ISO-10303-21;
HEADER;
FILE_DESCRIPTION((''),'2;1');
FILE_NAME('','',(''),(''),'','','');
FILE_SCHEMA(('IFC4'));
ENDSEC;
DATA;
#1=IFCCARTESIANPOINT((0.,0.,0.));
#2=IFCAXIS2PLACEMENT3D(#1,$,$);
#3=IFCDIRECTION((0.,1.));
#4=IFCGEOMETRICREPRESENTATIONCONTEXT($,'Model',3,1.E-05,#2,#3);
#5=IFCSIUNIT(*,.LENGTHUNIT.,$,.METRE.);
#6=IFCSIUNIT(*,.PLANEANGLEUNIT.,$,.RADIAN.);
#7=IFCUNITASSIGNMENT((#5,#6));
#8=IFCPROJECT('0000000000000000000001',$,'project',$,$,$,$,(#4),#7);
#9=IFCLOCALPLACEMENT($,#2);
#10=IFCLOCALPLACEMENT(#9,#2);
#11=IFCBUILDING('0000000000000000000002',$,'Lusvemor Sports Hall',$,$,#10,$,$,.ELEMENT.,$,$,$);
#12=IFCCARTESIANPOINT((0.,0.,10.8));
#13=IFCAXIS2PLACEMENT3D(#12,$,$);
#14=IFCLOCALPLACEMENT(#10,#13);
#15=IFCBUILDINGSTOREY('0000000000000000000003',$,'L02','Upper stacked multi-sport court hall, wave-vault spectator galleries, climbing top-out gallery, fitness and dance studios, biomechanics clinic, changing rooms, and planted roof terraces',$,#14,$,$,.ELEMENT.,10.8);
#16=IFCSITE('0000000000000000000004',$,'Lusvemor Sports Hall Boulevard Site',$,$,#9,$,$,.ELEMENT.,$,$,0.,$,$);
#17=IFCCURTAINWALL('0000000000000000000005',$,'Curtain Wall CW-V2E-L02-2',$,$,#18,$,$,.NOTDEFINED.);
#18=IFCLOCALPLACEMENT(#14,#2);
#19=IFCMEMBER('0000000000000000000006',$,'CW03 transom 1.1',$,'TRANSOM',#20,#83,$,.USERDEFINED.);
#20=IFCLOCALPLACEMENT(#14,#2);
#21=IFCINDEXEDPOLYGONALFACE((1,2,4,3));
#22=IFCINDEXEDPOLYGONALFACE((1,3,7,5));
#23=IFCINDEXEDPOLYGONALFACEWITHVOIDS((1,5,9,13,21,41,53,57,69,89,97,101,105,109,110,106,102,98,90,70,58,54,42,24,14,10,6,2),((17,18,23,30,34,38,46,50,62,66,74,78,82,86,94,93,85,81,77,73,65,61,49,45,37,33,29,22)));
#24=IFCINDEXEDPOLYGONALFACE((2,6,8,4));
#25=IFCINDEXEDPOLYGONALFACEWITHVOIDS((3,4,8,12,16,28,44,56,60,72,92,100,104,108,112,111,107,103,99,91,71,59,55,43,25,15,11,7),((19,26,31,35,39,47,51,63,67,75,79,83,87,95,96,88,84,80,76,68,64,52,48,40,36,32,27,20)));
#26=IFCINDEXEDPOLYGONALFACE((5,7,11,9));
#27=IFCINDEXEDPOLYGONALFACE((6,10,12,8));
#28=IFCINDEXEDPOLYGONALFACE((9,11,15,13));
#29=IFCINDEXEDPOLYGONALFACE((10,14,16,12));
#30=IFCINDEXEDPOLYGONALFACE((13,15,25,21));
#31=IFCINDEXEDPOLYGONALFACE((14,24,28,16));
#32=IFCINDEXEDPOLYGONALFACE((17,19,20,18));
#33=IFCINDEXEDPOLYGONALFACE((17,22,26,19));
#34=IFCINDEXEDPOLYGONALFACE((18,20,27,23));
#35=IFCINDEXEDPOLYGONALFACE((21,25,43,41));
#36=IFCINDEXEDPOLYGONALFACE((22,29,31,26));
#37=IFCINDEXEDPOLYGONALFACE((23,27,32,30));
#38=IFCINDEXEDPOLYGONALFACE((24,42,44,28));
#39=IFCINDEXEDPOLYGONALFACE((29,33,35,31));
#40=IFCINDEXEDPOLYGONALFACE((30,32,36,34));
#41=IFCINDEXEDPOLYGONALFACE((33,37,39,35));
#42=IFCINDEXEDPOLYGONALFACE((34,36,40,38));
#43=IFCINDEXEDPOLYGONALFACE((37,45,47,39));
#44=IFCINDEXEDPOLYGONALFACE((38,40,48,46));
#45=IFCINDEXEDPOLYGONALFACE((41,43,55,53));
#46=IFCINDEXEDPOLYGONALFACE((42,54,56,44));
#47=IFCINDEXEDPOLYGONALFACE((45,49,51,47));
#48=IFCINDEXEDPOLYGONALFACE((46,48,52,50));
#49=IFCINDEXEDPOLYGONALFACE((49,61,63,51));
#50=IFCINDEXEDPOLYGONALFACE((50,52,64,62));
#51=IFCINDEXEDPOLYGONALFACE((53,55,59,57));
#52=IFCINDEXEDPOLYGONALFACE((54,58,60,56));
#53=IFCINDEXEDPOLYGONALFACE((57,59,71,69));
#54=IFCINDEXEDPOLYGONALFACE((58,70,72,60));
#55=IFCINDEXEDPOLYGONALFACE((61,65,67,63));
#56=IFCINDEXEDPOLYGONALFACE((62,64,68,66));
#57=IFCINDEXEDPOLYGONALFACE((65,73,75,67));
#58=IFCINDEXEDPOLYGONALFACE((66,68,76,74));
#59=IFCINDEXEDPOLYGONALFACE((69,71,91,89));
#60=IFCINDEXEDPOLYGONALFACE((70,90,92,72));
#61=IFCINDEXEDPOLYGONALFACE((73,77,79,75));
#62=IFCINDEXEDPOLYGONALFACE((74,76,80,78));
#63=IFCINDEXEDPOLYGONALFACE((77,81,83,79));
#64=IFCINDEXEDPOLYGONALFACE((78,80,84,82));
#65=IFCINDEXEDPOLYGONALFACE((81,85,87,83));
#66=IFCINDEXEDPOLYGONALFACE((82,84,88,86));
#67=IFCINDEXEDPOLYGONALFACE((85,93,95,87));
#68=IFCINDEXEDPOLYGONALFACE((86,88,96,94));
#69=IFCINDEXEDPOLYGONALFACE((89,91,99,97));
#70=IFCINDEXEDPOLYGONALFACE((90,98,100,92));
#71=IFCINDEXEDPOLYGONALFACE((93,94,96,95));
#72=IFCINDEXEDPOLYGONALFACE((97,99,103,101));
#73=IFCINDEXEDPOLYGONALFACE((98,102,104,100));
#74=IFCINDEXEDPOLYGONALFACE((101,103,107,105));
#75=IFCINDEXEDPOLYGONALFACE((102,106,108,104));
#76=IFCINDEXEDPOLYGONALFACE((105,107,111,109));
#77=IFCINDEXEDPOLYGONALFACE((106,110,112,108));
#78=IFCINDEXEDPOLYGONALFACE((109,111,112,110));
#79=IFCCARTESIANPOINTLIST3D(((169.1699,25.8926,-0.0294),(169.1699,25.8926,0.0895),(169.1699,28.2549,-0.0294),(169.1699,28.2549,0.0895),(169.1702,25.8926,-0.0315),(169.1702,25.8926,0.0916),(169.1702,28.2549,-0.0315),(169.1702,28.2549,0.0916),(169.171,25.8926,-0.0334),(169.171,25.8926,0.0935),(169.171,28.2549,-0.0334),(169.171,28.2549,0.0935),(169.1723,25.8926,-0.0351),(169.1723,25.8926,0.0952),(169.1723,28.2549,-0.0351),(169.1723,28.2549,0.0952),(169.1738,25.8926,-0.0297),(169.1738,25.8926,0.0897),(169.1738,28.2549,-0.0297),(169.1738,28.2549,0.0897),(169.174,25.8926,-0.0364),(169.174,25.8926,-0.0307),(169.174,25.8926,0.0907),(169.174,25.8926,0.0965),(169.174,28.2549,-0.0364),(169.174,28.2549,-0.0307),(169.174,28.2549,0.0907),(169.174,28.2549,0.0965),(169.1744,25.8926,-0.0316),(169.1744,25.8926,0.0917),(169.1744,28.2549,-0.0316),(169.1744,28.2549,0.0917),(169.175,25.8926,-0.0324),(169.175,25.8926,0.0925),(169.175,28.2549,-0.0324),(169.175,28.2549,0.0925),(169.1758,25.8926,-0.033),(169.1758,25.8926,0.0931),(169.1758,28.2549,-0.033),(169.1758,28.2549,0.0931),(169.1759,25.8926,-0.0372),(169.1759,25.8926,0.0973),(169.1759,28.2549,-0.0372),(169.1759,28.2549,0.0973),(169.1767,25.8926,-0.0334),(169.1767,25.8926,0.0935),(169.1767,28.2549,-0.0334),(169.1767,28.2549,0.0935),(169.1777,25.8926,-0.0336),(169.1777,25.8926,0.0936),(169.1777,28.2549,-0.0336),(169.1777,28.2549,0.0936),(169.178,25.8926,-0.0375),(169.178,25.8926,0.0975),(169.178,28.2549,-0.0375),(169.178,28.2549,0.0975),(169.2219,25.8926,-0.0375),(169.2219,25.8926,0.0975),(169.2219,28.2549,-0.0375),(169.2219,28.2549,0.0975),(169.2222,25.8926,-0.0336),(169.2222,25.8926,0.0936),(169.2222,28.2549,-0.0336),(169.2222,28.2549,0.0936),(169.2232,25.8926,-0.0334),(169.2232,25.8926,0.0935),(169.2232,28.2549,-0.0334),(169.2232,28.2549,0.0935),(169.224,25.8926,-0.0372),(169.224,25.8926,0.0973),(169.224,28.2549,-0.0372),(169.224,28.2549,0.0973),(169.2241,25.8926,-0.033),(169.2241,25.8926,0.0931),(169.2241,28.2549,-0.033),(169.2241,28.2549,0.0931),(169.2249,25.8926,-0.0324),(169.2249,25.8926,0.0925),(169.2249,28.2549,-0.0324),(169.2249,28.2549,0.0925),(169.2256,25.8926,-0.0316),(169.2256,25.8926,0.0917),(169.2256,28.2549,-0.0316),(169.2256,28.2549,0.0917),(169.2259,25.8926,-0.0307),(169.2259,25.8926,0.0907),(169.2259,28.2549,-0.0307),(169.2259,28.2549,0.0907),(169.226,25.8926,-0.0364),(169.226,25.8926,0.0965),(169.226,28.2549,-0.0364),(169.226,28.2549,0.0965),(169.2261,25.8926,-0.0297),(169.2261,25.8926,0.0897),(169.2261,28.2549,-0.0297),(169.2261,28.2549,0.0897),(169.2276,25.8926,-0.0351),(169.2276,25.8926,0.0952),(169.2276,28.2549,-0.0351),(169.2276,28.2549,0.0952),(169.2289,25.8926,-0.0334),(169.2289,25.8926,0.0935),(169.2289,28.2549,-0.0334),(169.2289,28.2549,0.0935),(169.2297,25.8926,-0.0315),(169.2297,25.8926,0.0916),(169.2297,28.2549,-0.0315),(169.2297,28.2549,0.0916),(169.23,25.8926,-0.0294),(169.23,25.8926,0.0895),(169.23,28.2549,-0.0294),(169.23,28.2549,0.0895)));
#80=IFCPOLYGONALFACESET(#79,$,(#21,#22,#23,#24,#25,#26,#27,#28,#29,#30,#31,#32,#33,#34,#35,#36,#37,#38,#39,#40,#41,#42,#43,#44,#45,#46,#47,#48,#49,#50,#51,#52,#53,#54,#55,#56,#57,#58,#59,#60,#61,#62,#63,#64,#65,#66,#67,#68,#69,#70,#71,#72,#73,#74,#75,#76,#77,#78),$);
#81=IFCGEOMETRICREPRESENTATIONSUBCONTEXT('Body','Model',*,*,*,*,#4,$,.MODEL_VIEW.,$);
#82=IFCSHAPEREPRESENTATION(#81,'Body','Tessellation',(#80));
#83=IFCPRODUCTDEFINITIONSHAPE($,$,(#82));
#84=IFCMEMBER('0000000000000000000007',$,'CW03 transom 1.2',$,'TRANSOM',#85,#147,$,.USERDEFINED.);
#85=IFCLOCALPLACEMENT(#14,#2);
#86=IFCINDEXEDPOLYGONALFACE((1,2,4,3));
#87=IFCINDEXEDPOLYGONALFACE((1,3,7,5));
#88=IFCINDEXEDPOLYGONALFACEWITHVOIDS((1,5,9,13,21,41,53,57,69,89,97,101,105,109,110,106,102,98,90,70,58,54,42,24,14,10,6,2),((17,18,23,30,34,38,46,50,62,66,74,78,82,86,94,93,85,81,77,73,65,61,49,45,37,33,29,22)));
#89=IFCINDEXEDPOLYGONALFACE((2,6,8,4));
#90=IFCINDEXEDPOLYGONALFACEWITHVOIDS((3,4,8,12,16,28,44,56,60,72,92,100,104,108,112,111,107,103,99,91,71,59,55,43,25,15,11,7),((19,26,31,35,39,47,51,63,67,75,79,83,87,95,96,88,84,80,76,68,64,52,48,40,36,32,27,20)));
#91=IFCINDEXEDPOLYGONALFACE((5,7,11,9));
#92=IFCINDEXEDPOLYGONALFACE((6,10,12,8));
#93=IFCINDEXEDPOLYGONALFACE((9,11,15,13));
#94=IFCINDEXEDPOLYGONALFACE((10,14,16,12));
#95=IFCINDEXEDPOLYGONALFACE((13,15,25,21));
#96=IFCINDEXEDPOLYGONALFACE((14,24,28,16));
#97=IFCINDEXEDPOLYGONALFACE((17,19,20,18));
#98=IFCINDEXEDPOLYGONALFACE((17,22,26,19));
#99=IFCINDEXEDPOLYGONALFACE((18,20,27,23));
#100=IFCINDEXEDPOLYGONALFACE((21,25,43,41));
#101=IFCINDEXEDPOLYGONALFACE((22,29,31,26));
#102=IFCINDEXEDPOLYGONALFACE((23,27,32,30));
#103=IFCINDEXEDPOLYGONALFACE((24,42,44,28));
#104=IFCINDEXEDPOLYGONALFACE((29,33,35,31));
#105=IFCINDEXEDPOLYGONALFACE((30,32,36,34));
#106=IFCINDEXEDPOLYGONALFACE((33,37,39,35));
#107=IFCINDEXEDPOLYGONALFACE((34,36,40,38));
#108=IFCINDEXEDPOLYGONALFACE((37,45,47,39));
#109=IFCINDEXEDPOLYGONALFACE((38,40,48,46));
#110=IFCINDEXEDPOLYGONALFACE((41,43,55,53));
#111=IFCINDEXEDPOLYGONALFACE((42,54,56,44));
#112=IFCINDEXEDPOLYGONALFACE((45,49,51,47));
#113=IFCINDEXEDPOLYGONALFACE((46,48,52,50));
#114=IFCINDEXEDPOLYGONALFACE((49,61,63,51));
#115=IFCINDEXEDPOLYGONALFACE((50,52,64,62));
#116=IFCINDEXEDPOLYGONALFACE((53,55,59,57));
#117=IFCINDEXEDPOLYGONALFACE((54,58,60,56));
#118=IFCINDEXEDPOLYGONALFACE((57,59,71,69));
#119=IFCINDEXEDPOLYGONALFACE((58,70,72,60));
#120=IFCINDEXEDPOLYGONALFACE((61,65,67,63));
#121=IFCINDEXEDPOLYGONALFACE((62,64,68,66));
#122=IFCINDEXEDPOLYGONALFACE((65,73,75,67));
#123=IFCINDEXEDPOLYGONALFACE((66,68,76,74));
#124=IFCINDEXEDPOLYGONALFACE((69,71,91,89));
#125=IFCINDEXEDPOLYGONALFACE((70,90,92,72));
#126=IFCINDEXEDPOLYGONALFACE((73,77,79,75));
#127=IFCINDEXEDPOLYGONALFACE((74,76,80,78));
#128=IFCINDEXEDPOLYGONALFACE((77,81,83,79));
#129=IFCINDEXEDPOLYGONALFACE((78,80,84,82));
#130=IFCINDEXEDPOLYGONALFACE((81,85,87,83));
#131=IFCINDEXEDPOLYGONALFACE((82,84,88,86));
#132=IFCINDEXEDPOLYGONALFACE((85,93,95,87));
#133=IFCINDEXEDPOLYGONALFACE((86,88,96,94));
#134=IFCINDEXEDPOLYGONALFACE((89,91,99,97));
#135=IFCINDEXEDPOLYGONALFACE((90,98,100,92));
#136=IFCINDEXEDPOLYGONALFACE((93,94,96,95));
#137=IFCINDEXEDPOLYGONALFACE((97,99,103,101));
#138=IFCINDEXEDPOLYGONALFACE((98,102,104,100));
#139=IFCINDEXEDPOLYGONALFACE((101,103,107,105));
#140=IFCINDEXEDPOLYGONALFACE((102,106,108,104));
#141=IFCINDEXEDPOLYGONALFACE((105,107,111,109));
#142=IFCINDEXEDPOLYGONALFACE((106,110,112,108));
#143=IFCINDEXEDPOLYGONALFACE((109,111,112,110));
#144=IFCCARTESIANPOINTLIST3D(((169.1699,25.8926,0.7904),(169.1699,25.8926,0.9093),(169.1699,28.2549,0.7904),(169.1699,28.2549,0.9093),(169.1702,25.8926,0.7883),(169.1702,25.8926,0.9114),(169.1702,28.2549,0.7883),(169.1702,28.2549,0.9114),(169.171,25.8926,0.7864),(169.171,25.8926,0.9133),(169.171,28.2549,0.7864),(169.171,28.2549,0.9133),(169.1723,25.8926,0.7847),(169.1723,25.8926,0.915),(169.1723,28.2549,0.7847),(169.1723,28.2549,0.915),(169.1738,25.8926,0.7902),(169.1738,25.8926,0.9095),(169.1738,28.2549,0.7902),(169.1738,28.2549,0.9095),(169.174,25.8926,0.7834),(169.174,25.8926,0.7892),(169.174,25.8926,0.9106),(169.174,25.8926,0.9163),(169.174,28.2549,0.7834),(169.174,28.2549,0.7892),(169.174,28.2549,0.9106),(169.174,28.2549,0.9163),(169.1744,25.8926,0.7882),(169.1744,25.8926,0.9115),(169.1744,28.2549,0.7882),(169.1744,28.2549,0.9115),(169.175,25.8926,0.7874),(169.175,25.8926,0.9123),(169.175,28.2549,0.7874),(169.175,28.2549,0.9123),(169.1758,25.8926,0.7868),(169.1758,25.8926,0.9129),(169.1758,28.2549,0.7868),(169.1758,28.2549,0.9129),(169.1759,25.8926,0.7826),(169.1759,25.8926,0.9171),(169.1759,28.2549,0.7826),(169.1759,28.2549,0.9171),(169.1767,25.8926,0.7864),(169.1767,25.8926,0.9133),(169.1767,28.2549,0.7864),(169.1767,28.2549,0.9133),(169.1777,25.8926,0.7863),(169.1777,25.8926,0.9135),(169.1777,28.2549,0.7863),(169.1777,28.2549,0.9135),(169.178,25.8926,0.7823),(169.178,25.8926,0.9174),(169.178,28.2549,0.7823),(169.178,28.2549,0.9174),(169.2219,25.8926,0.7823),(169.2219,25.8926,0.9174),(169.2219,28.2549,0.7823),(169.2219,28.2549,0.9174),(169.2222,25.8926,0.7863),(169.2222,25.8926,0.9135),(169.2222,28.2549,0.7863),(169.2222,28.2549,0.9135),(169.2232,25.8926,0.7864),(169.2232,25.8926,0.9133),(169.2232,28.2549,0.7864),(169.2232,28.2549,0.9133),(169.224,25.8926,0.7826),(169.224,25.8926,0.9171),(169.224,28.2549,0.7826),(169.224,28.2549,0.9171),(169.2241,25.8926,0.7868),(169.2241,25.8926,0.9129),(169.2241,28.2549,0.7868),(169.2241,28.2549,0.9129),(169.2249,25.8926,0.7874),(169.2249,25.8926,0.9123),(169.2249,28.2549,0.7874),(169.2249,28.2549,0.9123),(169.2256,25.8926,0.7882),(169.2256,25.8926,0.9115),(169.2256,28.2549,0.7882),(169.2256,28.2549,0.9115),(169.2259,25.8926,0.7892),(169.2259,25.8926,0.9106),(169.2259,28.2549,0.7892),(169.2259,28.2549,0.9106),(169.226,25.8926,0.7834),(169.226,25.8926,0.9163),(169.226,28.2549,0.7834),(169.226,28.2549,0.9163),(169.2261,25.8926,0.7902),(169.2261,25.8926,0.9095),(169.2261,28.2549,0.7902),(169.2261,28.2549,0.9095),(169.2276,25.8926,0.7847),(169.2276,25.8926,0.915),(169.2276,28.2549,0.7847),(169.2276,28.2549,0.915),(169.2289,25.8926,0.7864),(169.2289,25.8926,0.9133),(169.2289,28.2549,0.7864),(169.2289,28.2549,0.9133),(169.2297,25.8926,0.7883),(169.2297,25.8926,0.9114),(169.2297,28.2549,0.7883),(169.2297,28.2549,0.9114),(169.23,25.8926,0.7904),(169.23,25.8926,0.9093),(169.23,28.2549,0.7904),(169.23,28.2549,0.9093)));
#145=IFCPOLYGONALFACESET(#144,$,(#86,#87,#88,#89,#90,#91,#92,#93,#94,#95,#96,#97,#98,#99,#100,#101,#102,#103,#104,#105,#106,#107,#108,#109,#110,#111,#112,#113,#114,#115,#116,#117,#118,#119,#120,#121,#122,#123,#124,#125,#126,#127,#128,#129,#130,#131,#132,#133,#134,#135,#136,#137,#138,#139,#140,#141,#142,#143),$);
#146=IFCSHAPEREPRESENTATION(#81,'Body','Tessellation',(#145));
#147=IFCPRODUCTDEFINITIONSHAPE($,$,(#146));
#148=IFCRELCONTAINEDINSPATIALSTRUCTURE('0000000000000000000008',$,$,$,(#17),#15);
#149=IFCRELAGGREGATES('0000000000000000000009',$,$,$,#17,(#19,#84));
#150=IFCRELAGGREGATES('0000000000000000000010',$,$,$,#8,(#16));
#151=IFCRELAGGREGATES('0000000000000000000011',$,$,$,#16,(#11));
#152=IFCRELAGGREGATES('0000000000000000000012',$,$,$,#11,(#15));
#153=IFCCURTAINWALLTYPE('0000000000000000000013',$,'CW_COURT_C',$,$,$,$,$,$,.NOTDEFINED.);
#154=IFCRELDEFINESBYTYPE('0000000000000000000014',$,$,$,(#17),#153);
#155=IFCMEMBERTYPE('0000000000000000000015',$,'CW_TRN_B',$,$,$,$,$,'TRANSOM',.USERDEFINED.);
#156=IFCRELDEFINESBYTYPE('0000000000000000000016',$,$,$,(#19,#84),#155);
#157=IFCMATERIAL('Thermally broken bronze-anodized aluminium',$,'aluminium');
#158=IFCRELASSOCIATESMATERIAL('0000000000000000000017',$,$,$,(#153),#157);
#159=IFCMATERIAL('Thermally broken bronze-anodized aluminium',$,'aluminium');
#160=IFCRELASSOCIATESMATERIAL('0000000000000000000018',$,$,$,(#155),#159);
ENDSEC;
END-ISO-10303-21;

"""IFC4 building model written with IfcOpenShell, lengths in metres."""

from ifc_helpers import new_model, si_unit, direction, frame, origin, origin_2d, place, context, subcontext, project, spatial, hollow_rectangle, extrude, material, material_profile, profile_set, type_object, element, aggregate, save


model = new_model("IFC4")

# Units and contexts
model_context = context("Model", 3, precision=1e-05, world=origin(), true_north=direction((0.0, 1.0)))
body_context = subcontext(model_context, "Body", "Model", "MODEL_VIEW")
ifc_project = project(units=[si_unit("LENGTHUNIT", "METRE"), si_unit("PLANEANGLEUNIT", "RADIAN")], contexts=[model_context])

# Site, building, storey
site_placement = place(None, origin())
site = spatial("IfcSite", under=ifc_project, at=site_placement, Name="Lusvemor Sports Hall Boulevard Site", CompositionType="ELEMENT", RefElevation=0.0)
building_placement = place(site_placement, origin())
building = spatial("IfcBuilding", under=site, at=building_placement, Name="Lusvemor Sports Hall", CompositionType="ELEMENT")
storey_placement = place(building_placement, frame((0.0, 0.0, 10.8)))
storey = spatial("IfcBuildingStorey", under=building, at=storey_placement, Name="L02", Description="Upper stacked multi-sport court hall, wave-vault spectator galleries, climbing top-out gallery, fitness and dance studios, biomechanics clinic, changing rooms, and planted roof terraces", CompositionType="ELEMENT", Elevation=10.8)

# Curtain wall
ifc_material_1 = material(Name="Thermally broken bronze-anodized aluminium", Category="aluminium")
curtain_wall_type = type_object("IfcCurtainWallType", Name="CW_COURT_C", PredefinedType="NOTDEFINED", material=ifc_material_1)
curtain_wall_1_placement = place(storey_placement, origin())
curtain_wall_1 = element("IfcCurtainWall", 1, at=curtain_wall_1_placement, inside=storey, type_object=curtain_wall_type, Name="Curtain Wall CW-V2E-L02-2", PredefinedType="NOTDEFINED")

# Members
ifc_material_2 = material(Name="Thermally broken bronze-anodized aluminium", Category="aluminium")
ifc_material_profile_1 = material_profile(ifc_material_2, hollow_rectangle(XDim=0.0601, YDim=0.135, WallThickness=0.0039, InnerFilletRadius=0.0039, OuterFilletRadius=0.0081, at=origin_2d()), Name="CWTRN135x60x4")
ifc_profile_set_1 = profile_set([ifc_material_profile_1], Name="Thermally broken bronze-anodized aluminium")
member_type_1 = type_object("IfcMemberType", Name="CW_TRN_B", ElementType="TRANSOM", PredefinedType="USERDEFINED", material=ifc_profile_set_1)
member_1_placement = place(storey_placement, frame((169.2, 28.2549, 0.03), z_axis=(0.0, -1.0, 0.0), x_axis=(1.0, 0.0, 0.0)))
member_1 = element("IfcMember", 2, at=member_1_placement, type_object=member_type_1, Name="CW03 transom 1.1", ObjectType="TRANSOM", PredefinedType="USERDEFINED", context=body_context, shape_type="SweptSolid", body=[
    extrude(hollow_rectangle(XDim=0.0601, YDim=0.135, WallThickness=0.0039, InnerFilletRadius=0.0039, OuterFilletRadius=0.0081, at=origin_2d()), origin(), (0.0, 0.0, 1.0), 2.3623),
])
member_2_placement = place(storey_placement, frame((169.2, 28.2549, 0.8499), z_axis=(0.0, -1.0, 0.0), x_axis=(1.0, 0.0, 0.0)))
member_2 = element("IfcMember", 3, at=member_2_placement, type_object=member_type_1, Name="CW03 transom 1.2", ObjectType="TRANSOM", PredefinedType="USERDEFINED", context=body_context, shape_type="SweptSolid", body=[
    extrude(hollow_rectangle(XDim=0.0601, YDim=0.135, WallThickness=0.0039, InnerFilletRadius=0.0039, OuterFilletRadius=0.0081, at=origin_2d()), origin(), (0.0, 0.0, 1.0), 2.3623),
])

aggregate(curtain_wall_1, [member_1, member_2])

save(model, "model.ifc")
